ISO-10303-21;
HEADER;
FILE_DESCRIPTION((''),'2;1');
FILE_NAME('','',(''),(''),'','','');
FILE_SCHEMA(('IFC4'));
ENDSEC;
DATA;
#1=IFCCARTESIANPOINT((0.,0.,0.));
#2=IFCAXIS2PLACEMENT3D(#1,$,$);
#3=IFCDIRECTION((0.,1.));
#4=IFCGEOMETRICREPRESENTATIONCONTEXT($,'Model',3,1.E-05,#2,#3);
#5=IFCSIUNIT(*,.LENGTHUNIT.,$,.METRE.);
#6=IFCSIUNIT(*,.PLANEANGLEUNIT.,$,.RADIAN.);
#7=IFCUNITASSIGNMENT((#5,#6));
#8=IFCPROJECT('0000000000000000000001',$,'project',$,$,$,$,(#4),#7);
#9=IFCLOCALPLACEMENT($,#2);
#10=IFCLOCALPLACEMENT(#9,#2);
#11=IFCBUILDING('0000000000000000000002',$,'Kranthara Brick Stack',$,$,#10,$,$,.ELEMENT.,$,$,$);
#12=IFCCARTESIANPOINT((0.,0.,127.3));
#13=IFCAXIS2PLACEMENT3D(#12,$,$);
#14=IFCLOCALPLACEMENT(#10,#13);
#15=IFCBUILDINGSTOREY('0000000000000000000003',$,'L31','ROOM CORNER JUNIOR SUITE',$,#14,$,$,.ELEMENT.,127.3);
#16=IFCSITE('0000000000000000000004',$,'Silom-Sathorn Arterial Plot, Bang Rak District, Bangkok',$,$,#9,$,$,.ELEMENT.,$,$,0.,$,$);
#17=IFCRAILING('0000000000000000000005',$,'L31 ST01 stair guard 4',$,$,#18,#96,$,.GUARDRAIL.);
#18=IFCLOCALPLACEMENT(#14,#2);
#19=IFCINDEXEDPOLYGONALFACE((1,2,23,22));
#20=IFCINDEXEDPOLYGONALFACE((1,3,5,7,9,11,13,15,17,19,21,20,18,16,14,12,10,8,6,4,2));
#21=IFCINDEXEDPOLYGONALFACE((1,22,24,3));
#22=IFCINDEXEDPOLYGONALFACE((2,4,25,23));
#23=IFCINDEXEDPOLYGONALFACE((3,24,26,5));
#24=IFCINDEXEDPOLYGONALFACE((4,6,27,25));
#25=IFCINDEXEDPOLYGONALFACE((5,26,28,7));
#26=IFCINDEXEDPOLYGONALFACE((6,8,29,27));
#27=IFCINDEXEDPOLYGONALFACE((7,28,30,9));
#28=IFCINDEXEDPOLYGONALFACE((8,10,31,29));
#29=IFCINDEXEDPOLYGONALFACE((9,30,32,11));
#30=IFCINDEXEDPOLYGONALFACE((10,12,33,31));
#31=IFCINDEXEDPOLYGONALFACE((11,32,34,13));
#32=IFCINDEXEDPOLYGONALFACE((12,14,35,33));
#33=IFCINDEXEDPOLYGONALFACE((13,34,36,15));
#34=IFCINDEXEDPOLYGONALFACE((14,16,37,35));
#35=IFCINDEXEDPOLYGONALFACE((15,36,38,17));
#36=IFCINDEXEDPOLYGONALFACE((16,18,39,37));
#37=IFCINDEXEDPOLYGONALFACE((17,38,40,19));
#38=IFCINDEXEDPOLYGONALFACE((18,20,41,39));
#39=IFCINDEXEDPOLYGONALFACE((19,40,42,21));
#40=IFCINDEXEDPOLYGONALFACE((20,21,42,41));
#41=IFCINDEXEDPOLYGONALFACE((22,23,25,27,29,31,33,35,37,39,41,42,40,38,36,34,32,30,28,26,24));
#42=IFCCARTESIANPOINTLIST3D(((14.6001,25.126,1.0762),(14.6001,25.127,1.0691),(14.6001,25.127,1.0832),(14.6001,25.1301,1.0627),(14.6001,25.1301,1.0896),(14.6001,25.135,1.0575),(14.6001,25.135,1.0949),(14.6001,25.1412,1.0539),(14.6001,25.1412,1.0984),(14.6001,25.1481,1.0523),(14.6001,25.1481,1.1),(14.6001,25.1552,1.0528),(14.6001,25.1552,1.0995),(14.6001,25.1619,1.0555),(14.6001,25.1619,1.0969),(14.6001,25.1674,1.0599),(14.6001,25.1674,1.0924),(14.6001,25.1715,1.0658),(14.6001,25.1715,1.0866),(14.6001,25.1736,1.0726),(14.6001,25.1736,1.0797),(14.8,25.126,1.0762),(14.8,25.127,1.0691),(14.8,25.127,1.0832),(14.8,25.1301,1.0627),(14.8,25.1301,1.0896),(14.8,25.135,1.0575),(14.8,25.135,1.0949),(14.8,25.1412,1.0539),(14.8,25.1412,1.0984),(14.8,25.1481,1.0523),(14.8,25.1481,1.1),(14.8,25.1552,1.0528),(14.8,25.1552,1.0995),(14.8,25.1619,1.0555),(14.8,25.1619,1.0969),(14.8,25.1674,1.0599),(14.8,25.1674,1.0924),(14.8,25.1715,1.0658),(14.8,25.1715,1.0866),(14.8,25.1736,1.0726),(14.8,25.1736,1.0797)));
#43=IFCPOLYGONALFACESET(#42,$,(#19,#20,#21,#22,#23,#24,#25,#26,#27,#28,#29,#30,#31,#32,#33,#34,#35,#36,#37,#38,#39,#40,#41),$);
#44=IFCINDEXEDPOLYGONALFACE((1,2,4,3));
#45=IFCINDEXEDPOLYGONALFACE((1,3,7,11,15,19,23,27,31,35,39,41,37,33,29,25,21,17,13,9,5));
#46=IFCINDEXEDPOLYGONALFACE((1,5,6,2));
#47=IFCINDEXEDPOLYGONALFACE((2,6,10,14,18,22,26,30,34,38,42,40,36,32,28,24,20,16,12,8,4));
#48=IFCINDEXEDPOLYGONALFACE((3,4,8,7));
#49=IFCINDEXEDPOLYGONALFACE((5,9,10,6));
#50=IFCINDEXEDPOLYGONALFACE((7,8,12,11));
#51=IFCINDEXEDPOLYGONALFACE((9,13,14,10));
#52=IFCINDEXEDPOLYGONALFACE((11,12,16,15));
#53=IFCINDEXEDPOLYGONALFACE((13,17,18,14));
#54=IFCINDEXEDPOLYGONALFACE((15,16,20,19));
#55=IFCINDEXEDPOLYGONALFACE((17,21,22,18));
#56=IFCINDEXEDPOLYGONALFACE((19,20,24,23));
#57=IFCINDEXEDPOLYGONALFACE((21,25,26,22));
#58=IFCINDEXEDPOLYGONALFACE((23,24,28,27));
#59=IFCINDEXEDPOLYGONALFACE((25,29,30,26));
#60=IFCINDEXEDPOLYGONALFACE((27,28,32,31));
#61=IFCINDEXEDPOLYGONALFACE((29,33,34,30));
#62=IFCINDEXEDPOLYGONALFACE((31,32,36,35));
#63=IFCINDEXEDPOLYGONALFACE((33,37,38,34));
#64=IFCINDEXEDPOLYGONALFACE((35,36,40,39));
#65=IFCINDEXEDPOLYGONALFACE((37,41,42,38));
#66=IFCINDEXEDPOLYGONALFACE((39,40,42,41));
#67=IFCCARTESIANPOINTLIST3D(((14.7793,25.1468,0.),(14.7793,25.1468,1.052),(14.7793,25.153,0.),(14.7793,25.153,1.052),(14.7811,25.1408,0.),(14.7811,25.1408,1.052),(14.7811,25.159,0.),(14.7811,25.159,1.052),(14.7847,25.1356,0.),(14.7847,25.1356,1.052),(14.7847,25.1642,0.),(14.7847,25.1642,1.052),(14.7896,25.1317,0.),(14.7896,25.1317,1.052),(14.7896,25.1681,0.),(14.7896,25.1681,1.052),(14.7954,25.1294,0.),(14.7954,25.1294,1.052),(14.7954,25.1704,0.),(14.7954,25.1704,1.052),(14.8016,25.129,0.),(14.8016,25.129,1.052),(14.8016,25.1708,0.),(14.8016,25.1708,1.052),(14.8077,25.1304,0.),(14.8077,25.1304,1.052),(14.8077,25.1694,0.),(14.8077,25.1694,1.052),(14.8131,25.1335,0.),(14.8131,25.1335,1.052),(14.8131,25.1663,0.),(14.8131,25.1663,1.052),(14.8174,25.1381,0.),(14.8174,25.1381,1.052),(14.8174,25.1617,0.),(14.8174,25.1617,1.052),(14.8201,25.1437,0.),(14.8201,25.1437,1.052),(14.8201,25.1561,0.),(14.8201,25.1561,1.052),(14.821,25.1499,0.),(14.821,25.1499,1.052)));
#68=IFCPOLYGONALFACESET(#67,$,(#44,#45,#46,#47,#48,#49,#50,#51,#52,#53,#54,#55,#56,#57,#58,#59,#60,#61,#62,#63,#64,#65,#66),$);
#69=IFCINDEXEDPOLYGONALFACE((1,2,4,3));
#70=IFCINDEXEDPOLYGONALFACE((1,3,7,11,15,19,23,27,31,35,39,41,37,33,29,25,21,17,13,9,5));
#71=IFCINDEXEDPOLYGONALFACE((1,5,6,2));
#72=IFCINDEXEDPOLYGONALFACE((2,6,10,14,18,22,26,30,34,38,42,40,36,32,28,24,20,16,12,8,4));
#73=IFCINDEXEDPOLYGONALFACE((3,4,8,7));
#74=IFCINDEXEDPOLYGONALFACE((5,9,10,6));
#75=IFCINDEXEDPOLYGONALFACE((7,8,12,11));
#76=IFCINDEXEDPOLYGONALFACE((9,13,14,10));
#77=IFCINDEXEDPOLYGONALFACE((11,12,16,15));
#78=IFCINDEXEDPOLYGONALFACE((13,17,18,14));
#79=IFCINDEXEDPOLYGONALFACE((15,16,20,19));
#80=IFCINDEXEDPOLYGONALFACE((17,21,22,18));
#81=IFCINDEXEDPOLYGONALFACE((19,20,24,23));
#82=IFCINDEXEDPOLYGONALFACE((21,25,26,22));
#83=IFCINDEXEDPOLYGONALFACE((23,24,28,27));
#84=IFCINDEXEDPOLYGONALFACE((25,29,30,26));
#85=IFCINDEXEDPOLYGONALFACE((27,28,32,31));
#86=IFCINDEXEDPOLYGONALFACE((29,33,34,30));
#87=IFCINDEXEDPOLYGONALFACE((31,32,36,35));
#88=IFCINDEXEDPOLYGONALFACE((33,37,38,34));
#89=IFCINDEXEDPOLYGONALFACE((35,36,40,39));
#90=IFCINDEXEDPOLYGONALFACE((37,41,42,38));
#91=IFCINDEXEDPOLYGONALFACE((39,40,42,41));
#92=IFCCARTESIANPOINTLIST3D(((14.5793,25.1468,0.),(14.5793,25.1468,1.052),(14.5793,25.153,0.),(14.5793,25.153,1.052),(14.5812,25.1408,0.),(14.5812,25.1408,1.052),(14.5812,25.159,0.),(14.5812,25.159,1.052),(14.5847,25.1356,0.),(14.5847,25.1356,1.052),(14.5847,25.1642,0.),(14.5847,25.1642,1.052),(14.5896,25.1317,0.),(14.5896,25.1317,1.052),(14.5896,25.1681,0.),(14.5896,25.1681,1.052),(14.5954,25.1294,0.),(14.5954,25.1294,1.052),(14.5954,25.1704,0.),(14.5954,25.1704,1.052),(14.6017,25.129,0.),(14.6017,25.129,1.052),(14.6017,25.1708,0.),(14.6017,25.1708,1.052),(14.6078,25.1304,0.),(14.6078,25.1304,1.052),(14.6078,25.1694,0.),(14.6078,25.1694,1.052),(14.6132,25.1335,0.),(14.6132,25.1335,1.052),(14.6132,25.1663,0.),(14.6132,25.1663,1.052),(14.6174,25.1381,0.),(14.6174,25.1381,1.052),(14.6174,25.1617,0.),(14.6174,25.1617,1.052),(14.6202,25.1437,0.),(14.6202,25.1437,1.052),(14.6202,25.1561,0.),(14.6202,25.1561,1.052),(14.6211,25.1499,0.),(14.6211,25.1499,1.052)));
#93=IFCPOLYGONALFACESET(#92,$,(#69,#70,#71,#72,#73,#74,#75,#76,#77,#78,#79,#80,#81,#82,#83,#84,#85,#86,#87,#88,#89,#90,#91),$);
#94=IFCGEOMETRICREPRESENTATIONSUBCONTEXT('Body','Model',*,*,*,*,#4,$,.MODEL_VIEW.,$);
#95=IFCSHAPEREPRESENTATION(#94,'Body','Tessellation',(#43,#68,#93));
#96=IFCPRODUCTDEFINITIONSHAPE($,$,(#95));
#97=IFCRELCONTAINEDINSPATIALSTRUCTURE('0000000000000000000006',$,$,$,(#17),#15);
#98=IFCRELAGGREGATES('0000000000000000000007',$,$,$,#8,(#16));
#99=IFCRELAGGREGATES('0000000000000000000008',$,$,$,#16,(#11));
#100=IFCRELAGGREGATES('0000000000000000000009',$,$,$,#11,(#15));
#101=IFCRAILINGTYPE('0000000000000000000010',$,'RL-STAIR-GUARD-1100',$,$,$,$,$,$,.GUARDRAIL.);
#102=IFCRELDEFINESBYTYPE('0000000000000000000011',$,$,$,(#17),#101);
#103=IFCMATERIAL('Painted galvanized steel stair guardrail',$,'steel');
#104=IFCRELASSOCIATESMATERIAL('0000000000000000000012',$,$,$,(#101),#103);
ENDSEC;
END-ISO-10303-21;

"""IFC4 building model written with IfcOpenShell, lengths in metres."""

from ifc_helpers import new_model, si_unit, direction, frame, origin, origin_2d, place, context, subcontext, project, spatial, circle, extrude, material, type_object, element, save


model = new_model("IFC4")

# Units and contexts
model_context = context("Model", 3, precision=1e-05, world=origin(), true_north=direction((0.0, 1.0)))
body_context = subcontext(model_context, "Body", "Model", "MODEL_VIEW")
ifc_project = project(units=[si_unit("LENGTHUNIT", "METRE"), si_unit("PLANEANGLEUNIT", "RADIAN")], contexts=[model_context])

# Site, building, storey
site_placement = place(None, origin())
site = spatial("IfcSite", under=ifc_project, at=site_placement, Name="Silom-Sathorn Arterial Plot, Bang Rak District, Bangkok", CompositionType="ELEMENT", RefElevation=0.0)
building_placement = place(site_placement, origin())
building = spatial("IfcBuilding", under=site, at=building_placement, Name="Kranthara Brick Stack", CompositionType="ELEMENT")
storey_placement = place(building_placement, frame((0.0, 0.0, 127.3)))
storey = spatial("IfcBuildingStorey", under=building, at=storey_placement, Name="L31", Description="ROOM CORNER JUNIOR SUITE", CompositionType="ELEMENT", Elevation=127.3)

# Railing
ifc_material_1 = material(Name="Painted galvanized steel stair guardrail", Category="steel")
railing_type_1 = type_object("IfcRailingType", Name="RL-STAIR-GUARD-1100", PredefinedType="GUARDRAIL", material=ifc_material_1)
railing_1_placement = place(storey_placement, frame((14.8, 25.1499, 0.0)))
element("IfcRailing", 1, at=railing_1_placement, inside=storey, type_object=railing_type_1, Name="L31 ST01 stair guard 4", PredefinedType="GUARDRAIL", context=body_context, shape_type="SweptSolid", body=[
    extrude(circle(Radius=0.0239, at=origin_2d()), frame((0.0, 0.0, 1.0762), z_axis=(-1.0, 0.0, 0.0), x_axis=(0.0, -1.0, 0.0)), (0.0, 0.0, 1.0), 0.2),
    extrude(circle(Radius=0.021, at=origin_2d()), origin(), (0.0, 0.0, 1.0), 1.052),
    extrude(circle(Radius=0.021, at=origin_2d()), frame((-0.2, 0.0, 0.0)), (0.0, 0.0, 1.0), 1.052),
])

save(model, "model.ifc")
